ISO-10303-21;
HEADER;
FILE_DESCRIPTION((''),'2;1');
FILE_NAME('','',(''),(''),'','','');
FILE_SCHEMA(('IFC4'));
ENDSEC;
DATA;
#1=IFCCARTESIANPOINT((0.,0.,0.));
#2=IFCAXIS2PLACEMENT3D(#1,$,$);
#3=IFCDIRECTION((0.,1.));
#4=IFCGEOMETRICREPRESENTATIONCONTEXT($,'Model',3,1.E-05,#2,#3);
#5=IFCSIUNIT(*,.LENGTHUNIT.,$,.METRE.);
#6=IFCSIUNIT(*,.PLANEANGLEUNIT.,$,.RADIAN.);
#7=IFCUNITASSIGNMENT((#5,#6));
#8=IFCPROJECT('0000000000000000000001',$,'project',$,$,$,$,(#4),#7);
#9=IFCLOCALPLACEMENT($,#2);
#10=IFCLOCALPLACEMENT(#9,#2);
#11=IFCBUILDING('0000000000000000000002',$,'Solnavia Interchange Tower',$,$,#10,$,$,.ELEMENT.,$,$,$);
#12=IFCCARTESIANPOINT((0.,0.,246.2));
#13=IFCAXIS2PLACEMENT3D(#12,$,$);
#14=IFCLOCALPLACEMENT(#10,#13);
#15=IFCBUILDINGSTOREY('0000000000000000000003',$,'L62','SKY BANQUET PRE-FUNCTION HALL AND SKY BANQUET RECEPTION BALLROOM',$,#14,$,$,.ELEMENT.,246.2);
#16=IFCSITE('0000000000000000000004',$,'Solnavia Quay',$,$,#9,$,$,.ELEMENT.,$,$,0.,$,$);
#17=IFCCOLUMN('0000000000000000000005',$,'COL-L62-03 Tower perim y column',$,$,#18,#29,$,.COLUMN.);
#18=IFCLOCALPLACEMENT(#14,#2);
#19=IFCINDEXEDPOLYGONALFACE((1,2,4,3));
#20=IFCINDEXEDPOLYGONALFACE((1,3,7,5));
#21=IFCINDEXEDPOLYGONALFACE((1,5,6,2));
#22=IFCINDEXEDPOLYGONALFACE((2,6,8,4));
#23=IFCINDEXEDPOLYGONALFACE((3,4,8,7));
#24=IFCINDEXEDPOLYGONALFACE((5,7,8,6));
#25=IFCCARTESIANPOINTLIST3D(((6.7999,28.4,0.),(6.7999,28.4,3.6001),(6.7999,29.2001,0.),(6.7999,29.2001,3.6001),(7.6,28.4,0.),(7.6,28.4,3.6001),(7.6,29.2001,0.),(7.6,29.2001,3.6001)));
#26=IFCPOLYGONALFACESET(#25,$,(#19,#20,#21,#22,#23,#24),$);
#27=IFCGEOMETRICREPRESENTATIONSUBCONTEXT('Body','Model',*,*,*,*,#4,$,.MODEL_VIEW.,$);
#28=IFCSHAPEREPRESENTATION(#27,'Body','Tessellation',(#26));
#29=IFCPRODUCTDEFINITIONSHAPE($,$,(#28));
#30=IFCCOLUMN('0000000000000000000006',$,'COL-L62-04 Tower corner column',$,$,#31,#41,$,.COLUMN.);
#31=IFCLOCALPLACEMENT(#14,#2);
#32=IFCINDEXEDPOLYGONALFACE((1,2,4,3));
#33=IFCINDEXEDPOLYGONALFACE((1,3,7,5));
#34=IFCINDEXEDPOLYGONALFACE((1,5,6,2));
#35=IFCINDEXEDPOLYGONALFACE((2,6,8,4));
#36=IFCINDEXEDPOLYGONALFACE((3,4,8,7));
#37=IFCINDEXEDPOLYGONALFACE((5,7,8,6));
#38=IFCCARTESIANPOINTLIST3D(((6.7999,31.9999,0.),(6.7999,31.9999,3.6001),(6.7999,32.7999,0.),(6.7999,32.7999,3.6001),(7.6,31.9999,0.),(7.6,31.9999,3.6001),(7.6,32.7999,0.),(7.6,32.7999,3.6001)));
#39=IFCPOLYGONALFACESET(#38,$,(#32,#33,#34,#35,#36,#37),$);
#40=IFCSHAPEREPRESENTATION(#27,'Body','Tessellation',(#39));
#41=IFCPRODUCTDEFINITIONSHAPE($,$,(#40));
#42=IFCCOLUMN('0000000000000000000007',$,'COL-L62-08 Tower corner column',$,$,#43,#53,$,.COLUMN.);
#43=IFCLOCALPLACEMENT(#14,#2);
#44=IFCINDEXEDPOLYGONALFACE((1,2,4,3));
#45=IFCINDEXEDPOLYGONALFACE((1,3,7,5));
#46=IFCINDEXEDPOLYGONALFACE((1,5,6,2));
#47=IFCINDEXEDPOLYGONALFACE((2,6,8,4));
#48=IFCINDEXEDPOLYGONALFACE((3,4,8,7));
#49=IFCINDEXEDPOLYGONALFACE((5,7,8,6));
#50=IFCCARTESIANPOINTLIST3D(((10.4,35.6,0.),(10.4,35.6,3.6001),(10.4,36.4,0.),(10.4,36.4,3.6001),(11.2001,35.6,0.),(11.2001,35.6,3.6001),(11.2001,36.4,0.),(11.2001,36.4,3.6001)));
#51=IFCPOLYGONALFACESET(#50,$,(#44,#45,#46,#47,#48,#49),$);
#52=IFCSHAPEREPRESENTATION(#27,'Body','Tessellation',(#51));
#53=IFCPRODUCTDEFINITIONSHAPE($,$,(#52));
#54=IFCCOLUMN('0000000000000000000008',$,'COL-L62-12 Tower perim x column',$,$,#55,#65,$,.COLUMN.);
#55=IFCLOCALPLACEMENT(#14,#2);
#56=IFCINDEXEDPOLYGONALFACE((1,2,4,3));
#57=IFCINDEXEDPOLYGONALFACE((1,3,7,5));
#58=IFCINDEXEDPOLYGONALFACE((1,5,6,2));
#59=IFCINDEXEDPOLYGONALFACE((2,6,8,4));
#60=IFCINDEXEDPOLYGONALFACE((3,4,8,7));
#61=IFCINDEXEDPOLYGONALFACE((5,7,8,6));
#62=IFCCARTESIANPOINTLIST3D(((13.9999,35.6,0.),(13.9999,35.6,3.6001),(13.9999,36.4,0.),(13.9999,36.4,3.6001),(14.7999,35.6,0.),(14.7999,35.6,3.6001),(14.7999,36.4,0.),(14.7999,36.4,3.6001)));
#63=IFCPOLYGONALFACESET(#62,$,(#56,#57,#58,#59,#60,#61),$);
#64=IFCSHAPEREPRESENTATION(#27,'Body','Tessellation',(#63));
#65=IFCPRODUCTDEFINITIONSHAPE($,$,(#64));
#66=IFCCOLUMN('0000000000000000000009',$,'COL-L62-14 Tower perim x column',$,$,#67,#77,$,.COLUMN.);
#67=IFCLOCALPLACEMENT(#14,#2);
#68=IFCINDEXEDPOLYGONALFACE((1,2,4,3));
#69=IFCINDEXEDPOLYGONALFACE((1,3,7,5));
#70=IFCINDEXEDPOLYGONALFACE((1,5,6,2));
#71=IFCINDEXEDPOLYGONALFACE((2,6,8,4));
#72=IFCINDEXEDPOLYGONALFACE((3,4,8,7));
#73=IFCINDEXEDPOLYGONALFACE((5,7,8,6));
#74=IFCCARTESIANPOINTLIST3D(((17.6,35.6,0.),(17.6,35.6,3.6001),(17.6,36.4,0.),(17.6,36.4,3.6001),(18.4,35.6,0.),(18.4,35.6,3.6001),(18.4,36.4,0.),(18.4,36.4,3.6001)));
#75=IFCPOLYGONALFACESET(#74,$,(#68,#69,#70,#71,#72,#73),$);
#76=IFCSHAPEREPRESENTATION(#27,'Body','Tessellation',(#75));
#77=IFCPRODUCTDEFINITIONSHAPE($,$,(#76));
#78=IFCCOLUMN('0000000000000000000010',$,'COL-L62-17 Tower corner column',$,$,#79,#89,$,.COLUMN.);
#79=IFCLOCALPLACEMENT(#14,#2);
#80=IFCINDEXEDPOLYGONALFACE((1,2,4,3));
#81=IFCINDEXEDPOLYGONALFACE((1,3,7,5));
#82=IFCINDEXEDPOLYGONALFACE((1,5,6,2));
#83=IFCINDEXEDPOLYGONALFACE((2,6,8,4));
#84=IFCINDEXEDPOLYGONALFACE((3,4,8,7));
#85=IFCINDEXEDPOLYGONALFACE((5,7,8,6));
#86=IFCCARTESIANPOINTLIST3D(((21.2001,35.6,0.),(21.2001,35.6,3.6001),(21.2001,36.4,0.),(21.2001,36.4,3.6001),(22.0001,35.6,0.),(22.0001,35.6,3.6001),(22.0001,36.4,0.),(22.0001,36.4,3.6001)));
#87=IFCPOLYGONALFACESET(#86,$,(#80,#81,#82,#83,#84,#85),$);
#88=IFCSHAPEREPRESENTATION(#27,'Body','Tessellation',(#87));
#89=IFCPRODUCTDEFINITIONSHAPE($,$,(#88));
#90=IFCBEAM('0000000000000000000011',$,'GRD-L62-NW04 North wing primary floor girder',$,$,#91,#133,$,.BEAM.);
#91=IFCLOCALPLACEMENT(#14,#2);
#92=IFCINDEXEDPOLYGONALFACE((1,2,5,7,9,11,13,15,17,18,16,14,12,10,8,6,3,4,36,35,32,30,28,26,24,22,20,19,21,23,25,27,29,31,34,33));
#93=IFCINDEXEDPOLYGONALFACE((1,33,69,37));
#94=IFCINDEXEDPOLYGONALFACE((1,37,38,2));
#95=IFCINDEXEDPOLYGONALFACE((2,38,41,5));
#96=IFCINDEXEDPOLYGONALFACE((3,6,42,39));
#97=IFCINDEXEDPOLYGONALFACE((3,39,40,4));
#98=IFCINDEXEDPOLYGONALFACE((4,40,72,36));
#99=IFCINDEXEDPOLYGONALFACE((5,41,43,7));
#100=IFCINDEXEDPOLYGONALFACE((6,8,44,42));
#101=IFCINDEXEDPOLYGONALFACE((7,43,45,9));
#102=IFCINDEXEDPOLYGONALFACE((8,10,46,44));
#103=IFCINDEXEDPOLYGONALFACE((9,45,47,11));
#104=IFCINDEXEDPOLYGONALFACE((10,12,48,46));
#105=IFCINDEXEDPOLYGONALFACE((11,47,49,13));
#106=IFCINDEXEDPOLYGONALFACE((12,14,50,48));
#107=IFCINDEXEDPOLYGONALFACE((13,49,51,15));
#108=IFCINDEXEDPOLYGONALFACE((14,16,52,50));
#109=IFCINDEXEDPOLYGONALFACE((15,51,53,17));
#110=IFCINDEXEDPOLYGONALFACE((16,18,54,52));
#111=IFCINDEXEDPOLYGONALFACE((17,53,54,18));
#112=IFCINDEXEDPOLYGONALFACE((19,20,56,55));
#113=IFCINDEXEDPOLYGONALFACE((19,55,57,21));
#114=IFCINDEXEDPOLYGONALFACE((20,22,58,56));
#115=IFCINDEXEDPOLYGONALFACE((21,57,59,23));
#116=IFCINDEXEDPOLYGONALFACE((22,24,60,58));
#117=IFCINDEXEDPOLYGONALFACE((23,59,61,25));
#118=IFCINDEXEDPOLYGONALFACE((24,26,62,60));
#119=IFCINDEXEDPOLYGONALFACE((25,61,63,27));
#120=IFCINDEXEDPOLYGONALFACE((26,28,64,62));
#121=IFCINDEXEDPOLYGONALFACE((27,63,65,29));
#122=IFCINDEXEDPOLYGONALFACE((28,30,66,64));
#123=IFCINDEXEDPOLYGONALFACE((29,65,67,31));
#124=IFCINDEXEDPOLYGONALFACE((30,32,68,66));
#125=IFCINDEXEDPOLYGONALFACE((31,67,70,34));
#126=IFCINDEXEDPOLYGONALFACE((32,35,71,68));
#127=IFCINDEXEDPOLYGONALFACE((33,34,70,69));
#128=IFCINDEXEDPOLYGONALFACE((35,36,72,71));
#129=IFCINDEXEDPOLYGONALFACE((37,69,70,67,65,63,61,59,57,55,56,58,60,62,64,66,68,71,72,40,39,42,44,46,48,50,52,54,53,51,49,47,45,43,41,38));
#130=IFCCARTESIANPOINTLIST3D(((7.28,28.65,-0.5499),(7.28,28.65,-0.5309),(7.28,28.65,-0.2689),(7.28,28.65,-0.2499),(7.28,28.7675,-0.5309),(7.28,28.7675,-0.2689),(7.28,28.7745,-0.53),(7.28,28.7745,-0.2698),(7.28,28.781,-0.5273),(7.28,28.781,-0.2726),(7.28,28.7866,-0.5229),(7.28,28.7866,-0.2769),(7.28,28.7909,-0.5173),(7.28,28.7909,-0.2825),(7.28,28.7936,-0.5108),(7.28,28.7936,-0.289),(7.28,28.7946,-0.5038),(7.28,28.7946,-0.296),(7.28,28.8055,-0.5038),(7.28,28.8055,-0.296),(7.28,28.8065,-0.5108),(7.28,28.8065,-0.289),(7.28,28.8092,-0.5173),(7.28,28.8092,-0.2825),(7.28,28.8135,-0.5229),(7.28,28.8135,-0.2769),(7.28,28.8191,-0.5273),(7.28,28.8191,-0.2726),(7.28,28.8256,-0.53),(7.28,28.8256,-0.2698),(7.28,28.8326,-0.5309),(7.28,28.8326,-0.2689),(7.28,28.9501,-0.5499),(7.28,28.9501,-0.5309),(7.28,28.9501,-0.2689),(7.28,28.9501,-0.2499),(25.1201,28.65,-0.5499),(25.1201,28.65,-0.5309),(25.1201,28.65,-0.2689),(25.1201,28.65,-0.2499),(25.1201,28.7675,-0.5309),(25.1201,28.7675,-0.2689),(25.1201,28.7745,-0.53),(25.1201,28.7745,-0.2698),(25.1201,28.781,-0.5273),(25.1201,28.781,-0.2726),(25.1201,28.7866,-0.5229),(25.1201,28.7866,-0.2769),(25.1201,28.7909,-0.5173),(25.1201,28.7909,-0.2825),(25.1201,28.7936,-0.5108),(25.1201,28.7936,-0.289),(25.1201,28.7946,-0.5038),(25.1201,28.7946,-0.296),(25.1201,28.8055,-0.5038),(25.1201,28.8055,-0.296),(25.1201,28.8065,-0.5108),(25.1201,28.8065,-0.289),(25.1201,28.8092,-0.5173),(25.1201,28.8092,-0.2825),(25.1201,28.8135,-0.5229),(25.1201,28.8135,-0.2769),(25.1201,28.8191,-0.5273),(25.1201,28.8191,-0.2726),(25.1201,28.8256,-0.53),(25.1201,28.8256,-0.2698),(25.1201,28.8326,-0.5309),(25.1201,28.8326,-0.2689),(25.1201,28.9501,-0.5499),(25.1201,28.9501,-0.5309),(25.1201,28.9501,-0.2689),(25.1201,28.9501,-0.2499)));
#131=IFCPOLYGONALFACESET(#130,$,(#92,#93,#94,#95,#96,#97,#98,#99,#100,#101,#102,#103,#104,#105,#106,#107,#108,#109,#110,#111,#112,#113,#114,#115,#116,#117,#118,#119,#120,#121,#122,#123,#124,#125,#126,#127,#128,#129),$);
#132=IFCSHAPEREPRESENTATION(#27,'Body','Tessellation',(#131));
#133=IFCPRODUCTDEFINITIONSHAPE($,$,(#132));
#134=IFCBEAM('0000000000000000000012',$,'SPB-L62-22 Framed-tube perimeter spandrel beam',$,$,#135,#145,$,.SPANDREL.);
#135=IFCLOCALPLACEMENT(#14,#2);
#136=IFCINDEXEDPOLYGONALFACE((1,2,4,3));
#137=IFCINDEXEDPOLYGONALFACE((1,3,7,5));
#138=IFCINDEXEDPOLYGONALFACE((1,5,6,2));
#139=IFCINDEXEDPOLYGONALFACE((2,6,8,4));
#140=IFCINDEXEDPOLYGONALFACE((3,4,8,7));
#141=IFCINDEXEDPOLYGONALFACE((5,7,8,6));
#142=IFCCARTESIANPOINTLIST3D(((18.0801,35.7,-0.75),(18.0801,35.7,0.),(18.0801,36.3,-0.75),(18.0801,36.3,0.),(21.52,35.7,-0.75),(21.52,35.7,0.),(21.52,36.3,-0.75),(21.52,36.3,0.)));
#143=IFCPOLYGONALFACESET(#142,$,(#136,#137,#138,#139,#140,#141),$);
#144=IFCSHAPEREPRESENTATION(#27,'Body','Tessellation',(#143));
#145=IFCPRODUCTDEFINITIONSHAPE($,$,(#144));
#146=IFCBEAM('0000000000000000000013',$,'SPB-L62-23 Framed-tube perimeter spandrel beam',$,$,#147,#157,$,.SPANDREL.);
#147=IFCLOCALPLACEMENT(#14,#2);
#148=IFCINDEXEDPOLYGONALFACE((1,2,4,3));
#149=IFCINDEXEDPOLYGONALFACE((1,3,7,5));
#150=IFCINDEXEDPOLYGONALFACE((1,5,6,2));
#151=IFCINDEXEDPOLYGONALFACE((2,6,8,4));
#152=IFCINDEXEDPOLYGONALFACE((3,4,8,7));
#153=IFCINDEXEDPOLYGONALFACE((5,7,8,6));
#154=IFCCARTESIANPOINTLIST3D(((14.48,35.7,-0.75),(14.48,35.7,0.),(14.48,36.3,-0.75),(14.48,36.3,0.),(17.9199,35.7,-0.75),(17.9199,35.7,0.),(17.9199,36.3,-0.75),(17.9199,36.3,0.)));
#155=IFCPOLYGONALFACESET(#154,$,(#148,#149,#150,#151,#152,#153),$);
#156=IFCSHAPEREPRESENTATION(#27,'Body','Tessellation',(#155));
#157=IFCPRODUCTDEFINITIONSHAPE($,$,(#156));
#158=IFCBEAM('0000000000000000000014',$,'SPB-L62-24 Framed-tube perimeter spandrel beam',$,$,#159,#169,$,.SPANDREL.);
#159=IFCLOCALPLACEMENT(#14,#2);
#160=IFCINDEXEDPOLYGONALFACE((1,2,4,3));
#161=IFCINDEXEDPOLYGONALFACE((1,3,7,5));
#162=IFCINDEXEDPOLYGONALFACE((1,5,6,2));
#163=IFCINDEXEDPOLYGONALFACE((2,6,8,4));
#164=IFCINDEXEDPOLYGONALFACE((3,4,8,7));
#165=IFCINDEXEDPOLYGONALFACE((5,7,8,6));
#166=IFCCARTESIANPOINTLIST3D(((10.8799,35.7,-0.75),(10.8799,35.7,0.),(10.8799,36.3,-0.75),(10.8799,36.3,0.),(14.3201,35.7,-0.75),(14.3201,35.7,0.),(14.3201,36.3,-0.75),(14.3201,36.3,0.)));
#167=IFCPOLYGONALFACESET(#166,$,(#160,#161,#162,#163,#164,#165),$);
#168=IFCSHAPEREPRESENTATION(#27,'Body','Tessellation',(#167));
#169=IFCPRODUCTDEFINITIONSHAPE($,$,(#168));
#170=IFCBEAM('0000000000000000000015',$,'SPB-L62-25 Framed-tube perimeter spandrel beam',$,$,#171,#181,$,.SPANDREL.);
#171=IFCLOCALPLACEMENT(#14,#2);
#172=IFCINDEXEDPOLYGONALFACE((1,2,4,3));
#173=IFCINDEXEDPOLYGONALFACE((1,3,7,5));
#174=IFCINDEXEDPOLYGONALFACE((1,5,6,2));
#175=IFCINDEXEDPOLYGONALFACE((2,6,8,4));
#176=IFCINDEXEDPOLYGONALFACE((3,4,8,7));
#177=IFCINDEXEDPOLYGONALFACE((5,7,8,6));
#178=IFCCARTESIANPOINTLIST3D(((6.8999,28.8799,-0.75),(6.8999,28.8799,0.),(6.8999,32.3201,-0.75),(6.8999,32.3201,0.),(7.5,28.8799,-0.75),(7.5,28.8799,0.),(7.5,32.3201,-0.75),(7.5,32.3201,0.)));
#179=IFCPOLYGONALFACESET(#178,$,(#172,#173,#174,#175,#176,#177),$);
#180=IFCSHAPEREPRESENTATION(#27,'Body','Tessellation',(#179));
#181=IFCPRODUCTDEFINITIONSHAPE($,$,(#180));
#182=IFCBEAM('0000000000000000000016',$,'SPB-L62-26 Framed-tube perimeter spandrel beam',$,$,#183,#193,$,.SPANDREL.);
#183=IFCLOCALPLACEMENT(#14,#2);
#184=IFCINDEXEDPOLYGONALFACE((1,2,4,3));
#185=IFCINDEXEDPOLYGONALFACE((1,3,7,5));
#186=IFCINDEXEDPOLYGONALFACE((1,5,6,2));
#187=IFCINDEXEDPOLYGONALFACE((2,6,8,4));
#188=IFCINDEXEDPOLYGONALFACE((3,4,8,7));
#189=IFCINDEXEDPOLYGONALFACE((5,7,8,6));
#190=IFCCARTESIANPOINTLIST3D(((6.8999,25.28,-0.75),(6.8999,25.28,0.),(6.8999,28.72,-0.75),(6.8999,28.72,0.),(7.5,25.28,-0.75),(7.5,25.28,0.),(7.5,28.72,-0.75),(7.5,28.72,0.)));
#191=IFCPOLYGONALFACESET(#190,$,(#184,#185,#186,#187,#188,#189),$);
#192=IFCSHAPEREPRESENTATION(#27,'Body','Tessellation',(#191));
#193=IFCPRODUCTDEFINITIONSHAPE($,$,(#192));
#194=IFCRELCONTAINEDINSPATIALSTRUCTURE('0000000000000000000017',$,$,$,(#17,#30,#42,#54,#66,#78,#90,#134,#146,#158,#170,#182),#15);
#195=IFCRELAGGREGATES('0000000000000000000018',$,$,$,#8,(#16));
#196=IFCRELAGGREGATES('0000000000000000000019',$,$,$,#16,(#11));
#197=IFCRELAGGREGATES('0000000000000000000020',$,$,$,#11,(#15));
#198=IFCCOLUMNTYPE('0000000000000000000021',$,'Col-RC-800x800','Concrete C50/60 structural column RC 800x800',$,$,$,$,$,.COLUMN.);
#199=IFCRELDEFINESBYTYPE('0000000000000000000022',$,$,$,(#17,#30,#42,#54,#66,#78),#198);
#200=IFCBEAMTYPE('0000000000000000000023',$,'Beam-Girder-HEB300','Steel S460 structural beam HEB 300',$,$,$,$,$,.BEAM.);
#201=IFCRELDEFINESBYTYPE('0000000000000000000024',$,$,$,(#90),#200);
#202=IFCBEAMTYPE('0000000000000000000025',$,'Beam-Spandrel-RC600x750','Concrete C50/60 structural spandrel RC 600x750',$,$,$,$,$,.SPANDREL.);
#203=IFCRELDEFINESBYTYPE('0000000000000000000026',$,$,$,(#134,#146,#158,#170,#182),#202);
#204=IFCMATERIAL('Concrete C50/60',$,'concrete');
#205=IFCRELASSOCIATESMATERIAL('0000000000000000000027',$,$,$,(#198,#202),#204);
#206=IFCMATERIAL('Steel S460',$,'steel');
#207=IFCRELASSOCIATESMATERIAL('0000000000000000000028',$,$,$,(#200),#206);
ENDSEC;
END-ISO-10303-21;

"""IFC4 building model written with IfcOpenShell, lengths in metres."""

from ifc_helpers import new_model, si_unit, direction, frame, origin, origin_2d, place, context, subcontext, project, spatial, rectangle, i_section, extrude, material, material_profile, profile_set, type_object, element, save


model = new_model("IFC4")

# Units and contexts
model_context = context("Model", 3, precision=1e-05, world=origin(), true_north=direction((0.0, 1.0)))
body_context = subcontext(model_context, "Body", "Model", "MODEL_VIEW")
ifc_project = project(units=[si_unit("LENGTHUNIT", "METRE"), si_unit("PLANEANGLEUNIT", "RADIAN")], contexts=[model_context])

# Site, building, storey
site_placement = place(None, origin())
site = spatial("IfcSite", under=ifc_project, at=site_placement, Name="Solnavia Quay", CompositionType="ELEMENT", RefElevation=0.0)
building_placement = place(site_placement, origin())
building = spatial("IfcBuilding", under=site, at=building_placement, Name="Solnavia Interchange Tower", CompositionType="ELEMENT")
storey_placement = place(building_placement, frame((0.0, 0.0, 246.2)))
storey = spatial("IfcBuildingStorey", under=building, at=storey_placement, Name="L62", Description="SKY BANQUET PRE-FUNCTION HALL AND SKY BANQUET RECEPTION BALLROOM", CompositionType="ELEMENT", Elevation=246.2)

# Columns
ifc_material_1 = material(Name="Concrete C50/60", Category="concrete")
ifc_material_profile_1 = material_profile(ifc_material_1, rectangle(XDim=0.8, YDim=0.8, at=origin_2d()), Name="RC 800x800")
ifc_profile_set_1 = profile_set([ifc_material_profile_1], Name="Concrete C50/60")
column_type = type_object("IfcColumnType", Name="Col-RC-800x800", Description="Concrete C50/60 structural column RC 800x800", PredefinedType="COLUMN", material=ifc_profile_set_1)
for number, where, z_axis, x_axis, name in (
    (1, (7.2, 28.8, 0.0), (0.0, 0.0, 1.0), (0.0, 1.0, 0.0), "COL-L62-03 Tower perim y column"),
    (2, (7.2, 32.3999, 0.0), (0.0, 0.0, 1.0), (0.0, 1.0, 0.0), "COL-L62-04 Tower corner column"),
    (3, (10.8, 36.0, 0.0), (0.0, 0.0, 1.0), (1.0, 0.0, 0.0), "COL-L62-08 Tower corner column"),
    (4, (14.3999, 36.0, 0.0), (0.0, 0.0, 1.0), (1.0, 0.0, 0.0), "COL-L62-12 Tower perim x column"),
    (5, (18.0, 36.0, 0.0), (0.0, 0.0, 1.0), (1.0, 0.0, 0.0), "COL-L62-14 Tower perim x column"),
    (6, (21.6001, 36.0, 0.0), (0.0, 0.0, 1.0), (1.0, 0.0, 0.0), "COL-L62-17 Tower corner column"),
):
    element("IfcColumn", number, at=place(storey_placement, frame(where, z_axis=z_axis, x_axis=x_axis)), inside=storey, type_object=column_type, Name=name, PredefinedType="COLUMN", context=body_context, shape_type="SweptSolid", body=[
        extrude(rectangle(XDim=0.8, YDim=0.8, at=origin_2d()), origin(), (0.0, 0.0, 1.0), 3.6001),
    ])

# Beams
ifc_material_2 = material(Name="Steel S460", Category="steel")
ifc_material_profile_2 = material_profile(ifc_material_2, i_section(OverallWidth=0.3, OverallDepth=0.3, WebThickness=0.011, FlangeThickness=0.019, FilletRadius=0.0271, at=origin_2d()), Name="HEB 300")
ifc_profile_set_2 = profile_set([ifc_material_profile_2], Name="Steel S460")
beam_type_1 = type_object("IfcBeamType", Name="Beam-Girder-HEB300", Description="Steel S460 structural beam HEB 300", PredefinedType="BEAM", material=ifc_profile_set_2)
beam_1_placement = place(storey_placement, frame((7.28, 28.8, -0.3999), z_axis=(1.0, 0.0, 0.0), x_axis=(0.0, 1.0, 0.0)))
element("IfcBeam", 7, at=beam_1_placement, inside=storey, type_object=beam_type_1, Name="GRD-L62-NW04 North wing primary floor girder", PredefinedType="BEAM", context=body_context, shape_type="SweptSolid", body=[
    extrude(i_section(OverallWidth=0.3, OverallDepth=0.3, WebThickness=0.011, FlangeThickness=0.019, FilletRadius=0.0271, at=origin_2d()), origin(), (0.0, 0.0, 1.0), 17.8401),
])
ifc_material_profile_3 = material_profile(ifc_material_1, rectangle(XDim=0.6001, YDim=0.75, at=origin_2d()), Name="RC 600x750")
ifc_profile_set_3 = profile_set([ifc_material_profile_3], Name="Concrete C50/60")
beam_type_2 = type_object("IfcBeamType", Name="Beam-Spandrel-RC600x750", Description="Concrete C50/60 structural spandrel RC 600x750", PredefinedType="SPANDREL", material=ifc_profile_set_3)
for number, where, z_axis, x_axis, name in (
    (8, (21.52, 36.0, -0.375), (-1.0, 0.0, 0.0), (0.0, -1.0, 0.0), "SPB-L62-22 Framed-tube perimeter spandrel beam"),
    (9, (17.9199, 36.0, -0.375), (-1.0, 0.0, 0.0), (0.0, -1.0, 0.0), "SPB-L62-23 Framed-tube perimeter spandrel beam"),
):
    element("IfcBeam", number, at=place(storey_placement, frame(where, z_axis=z_axis, x_axis=x_axis)), inside=storey, type_object=beam_type_2, Name=name, PredefinedType="SPANDREL", context=body_context, shape_type="SweptSolid", body=[
        extrude(rectangle(XDim=0.6001, YDim=0.75, at=origin_2d()), origin(), (0.0, 0.0, 1.0), 3.4399),
    ])
for number, where, z_axis, x_axis, name in (
    (10, (14.3201, 36.0, -0.375), (-1.0, 0.0, 0.0), (0.0, -1.0, 0.0), "SPB-L62-24 Framed-tube perimeter spandrel beam"),
    (11, (7.2, 32.3201, -0.375), (0.0, -1.0, 0.0), (1.0, 0.0, 0.0), "SPB-L62-25 Framed-tube perimeter spandrel beam"),
):
    element("IfcBeam", number, at=place(storey_placement, frame(where, z_axis=z_axis, x_axis=x_axis)), inside=storey, type_object=beam_type_2, Name=name, PredefinedType="SPANDREL", context=body_context, shape_type="SweptSolid", body=[
        extrude(rectangle(XDim=0.6001, YDim=0.75, at=origin_2d()), origin(), (0.0, 0.0, 1.0), 3.4402),
    ])
beam_2_placement = place(storey_placement, frame((7.2, 28.72, -0.375), z_axis=(0.0, -1.0, 0.0), x_axis=(1.0, 0.0, 0.0)))
element("IfcBeam", 12, at=beam_2_placement, inside=storey, type_object=beam_type_2, Name="SPB-L62-26 Framed-tube perimeter spandrel beam", PredefinedType="SPANDREL", context=body_context, shape_type="SweptSolid", body=[
    extrude(rectangle(XDim=0.6001, YDim=0.75, at=origin_2d()), origin(), (0.0, 0.0, 1.0), 3.4399),
])

save(model, "model.ifc")
